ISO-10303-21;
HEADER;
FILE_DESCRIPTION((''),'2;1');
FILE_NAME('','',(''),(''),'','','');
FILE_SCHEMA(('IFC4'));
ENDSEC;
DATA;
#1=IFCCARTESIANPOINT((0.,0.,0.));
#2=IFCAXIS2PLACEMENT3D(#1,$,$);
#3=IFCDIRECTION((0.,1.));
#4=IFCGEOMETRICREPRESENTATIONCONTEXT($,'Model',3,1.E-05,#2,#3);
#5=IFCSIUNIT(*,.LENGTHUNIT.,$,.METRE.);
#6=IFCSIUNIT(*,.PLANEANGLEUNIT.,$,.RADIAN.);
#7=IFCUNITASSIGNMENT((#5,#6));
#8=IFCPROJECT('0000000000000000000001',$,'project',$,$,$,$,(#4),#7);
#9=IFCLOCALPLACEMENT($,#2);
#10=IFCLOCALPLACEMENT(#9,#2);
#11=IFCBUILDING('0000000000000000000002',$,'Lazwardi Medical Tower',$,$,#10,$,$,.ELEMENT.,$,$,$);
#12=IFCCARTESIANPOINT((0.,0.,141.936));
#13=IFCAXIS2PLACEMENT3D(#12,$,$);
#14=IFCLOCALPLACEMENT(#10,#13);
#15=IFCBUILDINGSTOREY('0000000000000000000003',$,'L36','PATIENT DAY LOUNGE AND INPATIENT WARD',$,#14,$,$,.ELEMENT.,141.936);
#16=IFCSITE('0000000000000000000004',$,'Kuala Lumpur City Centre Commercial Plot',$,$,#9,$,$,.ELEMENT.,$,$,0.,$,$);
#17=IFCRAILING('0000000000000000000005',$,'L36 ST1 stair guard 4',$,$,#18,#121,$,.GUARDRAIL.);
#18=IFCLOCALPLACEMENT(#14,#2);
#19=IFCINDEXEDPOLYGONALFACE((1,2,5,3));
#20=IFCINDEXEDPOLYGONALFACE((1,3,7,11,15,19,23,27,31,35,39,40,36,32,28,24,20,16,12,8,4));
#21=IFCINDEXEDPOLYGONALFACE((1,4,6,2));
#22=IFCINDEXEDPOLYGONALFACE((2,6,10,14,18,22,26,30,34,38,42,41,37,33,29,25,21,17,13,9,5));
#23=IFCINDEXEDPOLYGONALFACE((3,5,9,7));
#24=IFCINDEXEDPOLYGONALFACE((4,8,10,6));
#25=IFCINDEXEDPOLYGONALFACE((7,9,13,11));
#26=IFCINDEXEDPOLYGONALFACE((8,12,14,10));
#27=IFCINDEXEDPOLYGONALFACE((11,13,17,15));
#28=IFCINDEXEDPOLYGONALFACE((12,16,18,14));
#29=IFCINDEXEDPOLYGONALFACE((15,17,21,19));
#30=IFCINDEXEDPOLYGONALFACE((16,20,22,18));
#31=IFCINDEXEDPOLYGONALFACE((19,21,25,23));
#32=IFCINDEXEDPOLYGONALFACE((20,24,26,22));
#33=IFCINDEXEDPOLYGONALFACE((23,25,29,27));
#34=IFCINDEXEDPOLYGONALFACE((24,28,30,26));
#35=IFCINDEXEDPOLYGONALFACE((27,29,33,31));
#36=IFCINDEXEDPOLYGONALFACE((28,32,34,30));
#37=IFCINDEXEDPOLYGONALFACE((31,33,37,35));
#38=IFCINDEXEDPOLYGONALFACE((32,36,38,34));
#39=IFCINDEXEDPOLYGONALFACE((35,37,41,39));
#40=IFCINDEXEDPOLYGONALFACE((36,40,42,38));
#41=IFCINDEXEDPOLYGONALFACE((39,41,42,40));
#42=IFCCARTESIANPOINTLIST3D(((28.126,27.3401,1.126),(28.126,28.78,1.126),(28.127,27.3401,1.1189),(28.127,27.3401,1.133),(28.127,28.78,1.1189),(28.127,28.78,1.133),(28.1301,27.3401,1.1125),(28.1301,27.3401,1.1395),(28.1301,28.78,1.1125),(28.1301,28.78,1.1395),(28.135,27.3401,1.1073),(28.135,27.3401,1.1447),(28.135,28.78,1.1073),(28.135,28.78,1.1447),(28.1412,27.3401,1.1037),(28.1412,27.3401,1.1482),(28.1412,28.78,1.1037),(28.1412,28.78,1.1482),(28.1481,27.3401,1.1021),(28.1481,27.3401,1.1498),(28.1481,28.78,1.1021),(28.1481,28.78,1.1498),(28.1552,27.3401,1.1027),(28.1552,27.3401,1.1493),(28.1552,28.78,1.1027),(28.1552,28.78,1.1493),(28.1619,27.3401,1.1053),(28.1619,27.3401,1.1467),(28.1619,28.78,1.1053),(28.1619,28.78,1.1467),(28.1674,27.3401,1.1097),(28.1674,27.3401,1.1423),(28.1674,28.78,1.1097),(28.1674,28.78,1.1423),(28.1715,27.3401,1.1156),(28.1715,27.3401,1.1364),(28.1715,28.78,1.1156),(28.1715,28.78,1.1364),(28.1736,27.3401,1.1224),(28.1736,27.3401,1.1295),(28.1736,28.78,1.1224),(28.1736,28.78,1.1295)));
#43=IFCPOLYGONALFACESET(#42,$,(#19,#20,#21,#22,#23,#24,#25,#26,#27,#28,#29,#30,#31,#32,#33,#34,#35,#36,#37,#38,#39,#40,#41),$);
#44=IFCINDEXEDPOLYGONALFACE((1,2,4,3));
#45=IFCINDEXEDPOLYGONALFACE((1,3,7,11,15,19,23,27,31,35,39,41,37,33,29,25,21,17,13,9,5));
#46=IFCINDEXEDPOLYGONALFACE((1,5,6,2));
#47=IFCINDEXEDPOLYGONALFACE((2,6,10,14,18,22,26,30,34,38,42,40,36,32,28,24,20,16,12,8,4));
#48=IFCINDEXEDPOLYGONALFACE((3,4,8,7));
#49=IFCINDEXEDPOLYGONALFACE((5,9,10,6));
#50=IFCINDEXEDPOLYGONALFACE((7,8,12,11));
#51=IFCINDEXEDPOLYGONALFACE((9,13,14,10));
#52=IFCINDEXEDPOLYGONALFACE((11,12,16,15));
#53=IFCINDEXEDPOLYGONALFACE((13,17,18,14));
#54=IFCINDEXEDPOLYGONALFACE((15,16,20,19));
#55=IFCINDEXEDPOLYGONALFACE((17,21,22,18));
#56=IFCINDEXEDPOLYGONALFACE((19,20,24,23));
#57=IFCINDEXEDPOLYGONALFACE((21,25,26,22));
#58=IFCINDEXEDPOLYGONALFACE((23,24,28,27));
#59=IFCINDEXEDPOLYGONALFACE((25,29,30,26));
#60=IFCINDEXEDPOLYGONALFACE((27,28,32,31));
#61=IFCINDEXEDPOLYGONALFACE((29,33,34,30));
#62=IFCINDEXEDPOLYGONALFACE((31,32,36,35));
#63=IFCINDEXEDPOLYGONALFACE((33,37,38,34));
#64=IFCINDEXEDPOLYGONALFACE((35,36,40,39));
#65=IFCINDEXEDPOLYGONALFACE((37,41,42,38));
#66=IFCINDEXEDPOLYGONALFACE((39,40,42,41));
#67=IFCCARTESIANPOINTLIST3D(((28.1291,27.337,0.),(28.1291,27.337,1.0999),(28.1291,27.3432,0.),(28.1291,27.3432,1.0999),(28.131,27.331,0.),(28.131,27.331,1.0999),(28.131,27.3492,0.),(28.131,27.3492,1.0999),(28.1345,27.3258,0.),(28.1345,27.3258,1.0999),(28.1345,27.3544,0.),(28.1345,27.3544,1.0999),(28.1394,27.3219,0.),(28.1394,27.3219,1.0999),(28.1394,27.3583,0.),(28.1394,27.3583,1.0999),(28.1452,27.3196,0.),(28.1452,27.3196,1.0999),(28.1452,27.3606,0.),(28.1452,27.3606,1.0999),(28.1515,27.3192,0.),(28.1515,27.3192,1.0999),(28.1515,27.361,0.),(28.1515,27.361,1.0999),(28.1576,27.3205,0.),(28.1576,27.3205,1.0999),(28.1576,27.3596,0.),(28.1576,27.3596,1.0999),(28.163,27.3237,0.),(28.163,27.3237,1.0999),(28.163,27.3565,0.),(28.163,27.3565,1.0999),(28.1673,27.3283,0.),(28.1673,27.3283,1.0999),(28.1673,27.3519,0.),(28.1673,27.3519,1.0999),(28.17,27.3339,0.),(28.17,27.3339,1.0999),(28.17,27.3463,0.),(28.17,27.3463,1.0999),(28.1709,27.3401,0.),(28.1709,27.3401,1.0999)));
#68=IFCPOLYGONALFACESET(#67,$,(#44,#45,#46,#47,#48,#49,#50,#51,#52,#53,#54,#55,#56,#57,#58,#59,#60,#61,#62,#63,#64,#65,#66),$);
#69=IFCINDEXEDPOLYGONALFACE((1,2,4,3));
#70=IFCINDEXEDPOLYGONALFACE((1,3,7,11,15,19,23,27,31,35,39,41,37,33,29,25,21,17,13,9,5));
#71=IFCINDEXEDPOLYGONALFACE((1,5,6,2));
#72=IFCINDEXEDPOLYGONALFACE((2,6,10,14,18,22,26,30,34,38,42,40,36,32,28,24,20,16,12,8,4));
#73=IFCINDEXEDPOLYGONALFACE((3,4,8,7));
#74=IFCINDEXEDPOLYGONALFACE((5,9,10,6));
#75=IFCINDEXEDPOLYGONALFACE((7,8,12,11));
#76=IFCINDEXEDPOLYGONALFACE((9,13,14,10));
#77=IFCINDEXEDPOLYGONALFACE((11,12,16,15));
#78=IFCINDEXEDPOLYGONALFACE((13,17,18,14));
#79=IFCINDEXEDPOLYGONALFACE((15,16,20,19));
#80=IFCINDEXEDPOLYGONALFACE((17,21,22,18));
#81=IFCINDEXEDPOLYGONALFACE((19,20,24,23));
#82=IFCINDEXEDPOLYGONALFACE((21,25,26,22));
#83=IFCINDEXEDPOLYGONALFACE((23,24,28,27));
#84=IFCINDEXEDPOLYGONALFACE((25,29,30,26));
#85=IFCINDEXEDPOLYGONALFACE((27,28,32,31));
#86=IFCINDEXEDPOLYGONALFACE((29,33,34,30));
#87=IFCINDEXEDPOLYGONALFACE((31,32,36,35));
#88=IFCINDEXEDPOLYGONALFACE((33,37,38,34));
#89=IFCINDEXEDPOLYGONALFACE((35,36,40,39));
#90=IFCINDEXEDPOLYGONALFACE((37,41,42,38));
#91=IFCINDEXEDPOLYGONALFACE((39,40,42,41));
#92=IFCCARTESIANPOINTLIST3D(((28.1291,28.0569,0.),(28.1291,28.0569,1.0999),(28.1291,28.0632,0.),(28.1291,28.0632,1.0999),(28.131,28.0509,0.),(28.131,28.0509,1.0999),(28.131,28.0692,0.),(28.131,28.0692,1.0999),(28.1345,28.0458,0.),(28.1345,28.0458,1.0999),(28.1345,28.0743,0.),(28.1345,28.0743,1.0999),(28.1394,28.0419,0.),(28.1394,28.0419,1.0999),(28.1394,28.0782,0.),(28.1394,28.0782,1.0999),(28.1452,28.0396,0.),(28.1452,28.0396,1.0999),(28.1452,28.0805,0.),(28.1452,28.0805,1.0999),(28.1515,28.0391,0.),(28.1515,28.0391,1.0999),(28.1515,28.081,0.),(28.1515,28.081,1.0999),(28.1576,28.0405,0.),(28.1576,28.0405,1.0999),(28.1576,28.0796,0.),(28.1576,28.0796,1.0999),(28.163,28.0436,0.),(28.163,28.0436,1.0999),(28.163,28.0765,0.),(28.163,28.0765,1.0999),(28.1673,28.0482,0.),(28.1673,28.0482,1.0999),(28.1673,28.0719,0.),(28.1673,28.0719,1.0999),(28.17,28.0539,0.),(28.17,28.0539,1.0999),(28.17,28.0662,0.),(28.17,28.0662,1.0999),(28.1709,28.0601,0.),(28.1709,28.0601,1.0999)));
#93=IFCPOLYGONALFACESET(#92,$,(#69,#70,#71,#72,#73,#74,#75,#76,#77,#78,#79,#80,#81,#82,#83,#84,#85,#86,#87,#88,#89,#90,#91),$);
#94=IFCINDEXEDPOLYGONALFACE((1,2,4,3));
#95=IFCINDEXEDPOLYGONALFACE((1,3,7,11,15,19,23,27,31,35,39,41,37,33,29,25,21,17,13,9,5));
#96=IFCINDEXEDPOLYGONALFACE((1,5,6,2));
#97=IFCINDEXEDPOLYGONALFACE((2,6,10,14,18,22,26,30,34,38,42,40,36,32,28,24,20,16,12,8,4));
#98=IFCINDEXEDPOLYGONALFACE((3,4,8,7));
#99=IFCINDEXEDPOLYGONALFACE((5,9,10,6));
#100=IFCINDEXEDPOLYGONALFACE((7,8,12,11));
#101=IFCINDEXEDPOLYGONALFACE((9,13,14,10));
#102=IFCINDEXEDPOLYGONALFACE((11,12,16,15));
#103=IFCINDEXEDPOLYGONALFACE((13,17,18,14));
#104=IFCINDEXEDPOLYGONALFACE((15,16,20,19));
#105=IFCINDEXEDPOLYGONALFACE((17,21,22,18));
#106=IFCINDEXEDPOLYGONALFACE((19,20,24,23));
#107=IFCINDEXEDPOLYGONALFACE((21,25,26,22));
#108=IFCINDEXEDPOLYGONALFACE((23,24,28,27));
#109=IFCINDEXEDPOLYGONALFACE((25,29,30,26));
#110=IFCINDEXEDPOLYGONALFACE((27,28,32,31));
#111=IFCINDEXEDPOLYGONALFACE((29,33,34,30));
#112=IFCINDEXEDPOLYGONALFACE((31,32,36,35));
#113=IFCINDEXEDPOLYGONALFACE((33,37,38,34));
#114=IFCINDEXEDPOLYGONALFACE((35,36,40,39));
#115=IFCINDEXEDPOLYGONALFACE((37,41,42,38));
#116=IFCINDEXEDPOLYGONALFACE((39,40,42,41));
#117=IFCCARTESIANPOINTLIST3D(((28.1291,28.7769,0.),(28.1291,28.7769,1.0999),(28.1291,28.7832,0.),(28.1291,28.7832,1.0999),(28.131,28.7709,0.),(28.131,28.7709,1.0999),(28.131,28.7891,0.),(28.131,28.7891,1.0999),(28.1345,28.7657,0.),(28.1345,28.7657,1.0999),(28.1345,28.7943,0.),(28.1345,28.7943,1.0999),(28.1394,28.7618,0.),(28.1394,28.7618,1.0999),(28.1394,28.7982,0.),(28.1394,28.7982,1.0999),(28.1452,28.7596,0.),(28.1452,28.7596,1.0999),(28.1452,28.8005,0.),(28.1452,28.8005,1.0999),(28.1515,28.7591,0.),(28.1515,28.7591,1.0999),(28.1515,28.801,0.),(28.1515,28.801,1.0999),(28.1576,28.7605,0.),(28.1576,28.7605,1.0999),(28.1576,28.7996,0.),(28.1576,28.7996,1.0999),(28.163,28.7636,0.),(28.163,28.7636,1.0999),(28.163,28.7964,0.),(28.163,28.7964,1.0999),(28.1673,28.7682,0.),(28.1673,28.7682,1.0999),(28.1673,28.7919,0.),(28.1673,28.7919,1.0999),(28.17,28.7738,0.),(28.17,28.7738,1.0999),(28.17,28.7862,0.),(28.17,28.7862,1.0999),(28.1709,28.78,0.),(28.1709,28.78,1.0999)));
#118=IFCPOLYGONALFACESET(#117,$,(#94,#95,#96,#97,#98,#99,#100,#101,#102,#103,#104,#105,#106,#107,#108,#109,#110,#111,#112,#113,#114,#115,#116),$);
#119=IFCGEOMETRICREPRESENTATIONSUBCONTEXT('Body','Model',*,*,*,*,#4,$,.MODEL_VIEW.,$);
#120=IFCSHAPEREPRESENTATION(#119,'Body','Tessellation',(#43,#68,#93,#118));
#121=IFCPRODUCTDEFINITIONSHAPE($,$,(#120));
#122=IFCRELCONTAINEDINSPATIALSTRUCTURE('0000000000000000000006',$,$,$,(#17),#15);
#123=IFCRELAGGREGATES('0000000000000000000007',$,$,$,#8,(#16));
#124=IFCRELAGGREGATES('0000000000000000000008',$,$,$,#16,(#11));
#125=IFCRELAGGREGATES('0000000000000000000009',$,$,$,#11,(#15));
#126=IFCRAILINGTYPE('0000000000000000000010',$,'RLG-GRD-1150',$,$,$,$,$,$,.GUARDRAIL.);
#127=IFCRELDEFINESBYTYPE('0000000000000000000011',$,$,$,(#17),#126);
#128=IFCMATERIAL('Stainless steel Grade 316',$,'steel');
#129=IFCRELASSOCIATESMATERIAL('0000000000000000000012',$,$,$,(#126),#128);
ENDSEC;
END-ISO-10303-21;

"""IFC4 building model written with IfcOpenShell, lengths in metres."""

from ifc_helpers import new_model, si_unit, direction, frame, origin, origin_2d, place, context, subcontext, project, spatial, circle, extrude, material, type_object, element, save


model = new_model("IFC4")

# Units and contexts
model_context = context("Model", 3, precision=1e-05, world=origin(), true_north=direction((0.0, 1.0)))
body_context = subcontext(model_context, "Body", "Model", "MODEL_VIEW")
ifc_project = project(units=[si_unit("LENGTHUNIT", "METRE"), si_unit("PLANEANGLEUNIT", "RADIAN")], contexts=[model_context])

# Site, building, storey
site_placement = place(None, origin())
site = spatial("IfcSite", under=ifc_project, at=site_placement, Name="Kuala Lumpur City Centre Commercial Plot", CompositionType="ELEMENT", RefElevation=0.0)
building_placement = place(site_placement, origin())
building = spatial("IfcBuilding", under=site, at=building_placement, Name="Lazwardi Medical Tower", CompositionType="ELEMENT")
storey_placement = place(building_placement, frame((0.0, 0.0, 141.936)))
storey = spatial("IfcBuildingStorey", under=building, at=storey_placement, Name="L36", Description="PATIENT DAY LOUNGE AND INPATIENT WARD", CompositionType="ELEMENT", Elevation=141.936)

# Railing
ifc_material_1 = material(Name="Stainless steel Grade 316", Category="steel")
railing_type_1 = type_object("IfcRailingType", Name="RLG-GRD-1150", PredefinedType="GUARDRAIL", material=ifc_material_1)
railing_1_placement = place(storey_placement, frame((28.1499, 27.3401, 0.0)))
element("IfcRailing", 1, at=railing_1_placement, inside=storey, type_object=railing_type_1, Name="L36 ST1 stair guard 4", PredefinedType="GUARDRAIL", context=body_context, shape_type="SweptSolid", body=[
    extrude(circle(Radius=0.0239, at=origin_2d()), frame((0.0, 0.0, 1.126), z_axis=(0.0, 1.0, 0.0), x_axis=(-1.0, 0.0, 0.0)), (0.0, 0.0, 1.0), 1.4399),
    extrude(circle(Radius=0.021, at=origin_2d()), origin(), (0.0, 0.0, 1.0), 1.0999),
    extrude(circle(Radius=0.021, at=origin_2d()), frame((0.0, 0.72, 0.0)), (0.0, 0.0, 1.0), 1.0999),
    extrude(circle(Radius=0.021, at=origin_2d()), frame((0.0, 1.4399, 0.0)), (0.0, 0.0, 1.0), 1.0999),
])

save(model, "model.ifc")
